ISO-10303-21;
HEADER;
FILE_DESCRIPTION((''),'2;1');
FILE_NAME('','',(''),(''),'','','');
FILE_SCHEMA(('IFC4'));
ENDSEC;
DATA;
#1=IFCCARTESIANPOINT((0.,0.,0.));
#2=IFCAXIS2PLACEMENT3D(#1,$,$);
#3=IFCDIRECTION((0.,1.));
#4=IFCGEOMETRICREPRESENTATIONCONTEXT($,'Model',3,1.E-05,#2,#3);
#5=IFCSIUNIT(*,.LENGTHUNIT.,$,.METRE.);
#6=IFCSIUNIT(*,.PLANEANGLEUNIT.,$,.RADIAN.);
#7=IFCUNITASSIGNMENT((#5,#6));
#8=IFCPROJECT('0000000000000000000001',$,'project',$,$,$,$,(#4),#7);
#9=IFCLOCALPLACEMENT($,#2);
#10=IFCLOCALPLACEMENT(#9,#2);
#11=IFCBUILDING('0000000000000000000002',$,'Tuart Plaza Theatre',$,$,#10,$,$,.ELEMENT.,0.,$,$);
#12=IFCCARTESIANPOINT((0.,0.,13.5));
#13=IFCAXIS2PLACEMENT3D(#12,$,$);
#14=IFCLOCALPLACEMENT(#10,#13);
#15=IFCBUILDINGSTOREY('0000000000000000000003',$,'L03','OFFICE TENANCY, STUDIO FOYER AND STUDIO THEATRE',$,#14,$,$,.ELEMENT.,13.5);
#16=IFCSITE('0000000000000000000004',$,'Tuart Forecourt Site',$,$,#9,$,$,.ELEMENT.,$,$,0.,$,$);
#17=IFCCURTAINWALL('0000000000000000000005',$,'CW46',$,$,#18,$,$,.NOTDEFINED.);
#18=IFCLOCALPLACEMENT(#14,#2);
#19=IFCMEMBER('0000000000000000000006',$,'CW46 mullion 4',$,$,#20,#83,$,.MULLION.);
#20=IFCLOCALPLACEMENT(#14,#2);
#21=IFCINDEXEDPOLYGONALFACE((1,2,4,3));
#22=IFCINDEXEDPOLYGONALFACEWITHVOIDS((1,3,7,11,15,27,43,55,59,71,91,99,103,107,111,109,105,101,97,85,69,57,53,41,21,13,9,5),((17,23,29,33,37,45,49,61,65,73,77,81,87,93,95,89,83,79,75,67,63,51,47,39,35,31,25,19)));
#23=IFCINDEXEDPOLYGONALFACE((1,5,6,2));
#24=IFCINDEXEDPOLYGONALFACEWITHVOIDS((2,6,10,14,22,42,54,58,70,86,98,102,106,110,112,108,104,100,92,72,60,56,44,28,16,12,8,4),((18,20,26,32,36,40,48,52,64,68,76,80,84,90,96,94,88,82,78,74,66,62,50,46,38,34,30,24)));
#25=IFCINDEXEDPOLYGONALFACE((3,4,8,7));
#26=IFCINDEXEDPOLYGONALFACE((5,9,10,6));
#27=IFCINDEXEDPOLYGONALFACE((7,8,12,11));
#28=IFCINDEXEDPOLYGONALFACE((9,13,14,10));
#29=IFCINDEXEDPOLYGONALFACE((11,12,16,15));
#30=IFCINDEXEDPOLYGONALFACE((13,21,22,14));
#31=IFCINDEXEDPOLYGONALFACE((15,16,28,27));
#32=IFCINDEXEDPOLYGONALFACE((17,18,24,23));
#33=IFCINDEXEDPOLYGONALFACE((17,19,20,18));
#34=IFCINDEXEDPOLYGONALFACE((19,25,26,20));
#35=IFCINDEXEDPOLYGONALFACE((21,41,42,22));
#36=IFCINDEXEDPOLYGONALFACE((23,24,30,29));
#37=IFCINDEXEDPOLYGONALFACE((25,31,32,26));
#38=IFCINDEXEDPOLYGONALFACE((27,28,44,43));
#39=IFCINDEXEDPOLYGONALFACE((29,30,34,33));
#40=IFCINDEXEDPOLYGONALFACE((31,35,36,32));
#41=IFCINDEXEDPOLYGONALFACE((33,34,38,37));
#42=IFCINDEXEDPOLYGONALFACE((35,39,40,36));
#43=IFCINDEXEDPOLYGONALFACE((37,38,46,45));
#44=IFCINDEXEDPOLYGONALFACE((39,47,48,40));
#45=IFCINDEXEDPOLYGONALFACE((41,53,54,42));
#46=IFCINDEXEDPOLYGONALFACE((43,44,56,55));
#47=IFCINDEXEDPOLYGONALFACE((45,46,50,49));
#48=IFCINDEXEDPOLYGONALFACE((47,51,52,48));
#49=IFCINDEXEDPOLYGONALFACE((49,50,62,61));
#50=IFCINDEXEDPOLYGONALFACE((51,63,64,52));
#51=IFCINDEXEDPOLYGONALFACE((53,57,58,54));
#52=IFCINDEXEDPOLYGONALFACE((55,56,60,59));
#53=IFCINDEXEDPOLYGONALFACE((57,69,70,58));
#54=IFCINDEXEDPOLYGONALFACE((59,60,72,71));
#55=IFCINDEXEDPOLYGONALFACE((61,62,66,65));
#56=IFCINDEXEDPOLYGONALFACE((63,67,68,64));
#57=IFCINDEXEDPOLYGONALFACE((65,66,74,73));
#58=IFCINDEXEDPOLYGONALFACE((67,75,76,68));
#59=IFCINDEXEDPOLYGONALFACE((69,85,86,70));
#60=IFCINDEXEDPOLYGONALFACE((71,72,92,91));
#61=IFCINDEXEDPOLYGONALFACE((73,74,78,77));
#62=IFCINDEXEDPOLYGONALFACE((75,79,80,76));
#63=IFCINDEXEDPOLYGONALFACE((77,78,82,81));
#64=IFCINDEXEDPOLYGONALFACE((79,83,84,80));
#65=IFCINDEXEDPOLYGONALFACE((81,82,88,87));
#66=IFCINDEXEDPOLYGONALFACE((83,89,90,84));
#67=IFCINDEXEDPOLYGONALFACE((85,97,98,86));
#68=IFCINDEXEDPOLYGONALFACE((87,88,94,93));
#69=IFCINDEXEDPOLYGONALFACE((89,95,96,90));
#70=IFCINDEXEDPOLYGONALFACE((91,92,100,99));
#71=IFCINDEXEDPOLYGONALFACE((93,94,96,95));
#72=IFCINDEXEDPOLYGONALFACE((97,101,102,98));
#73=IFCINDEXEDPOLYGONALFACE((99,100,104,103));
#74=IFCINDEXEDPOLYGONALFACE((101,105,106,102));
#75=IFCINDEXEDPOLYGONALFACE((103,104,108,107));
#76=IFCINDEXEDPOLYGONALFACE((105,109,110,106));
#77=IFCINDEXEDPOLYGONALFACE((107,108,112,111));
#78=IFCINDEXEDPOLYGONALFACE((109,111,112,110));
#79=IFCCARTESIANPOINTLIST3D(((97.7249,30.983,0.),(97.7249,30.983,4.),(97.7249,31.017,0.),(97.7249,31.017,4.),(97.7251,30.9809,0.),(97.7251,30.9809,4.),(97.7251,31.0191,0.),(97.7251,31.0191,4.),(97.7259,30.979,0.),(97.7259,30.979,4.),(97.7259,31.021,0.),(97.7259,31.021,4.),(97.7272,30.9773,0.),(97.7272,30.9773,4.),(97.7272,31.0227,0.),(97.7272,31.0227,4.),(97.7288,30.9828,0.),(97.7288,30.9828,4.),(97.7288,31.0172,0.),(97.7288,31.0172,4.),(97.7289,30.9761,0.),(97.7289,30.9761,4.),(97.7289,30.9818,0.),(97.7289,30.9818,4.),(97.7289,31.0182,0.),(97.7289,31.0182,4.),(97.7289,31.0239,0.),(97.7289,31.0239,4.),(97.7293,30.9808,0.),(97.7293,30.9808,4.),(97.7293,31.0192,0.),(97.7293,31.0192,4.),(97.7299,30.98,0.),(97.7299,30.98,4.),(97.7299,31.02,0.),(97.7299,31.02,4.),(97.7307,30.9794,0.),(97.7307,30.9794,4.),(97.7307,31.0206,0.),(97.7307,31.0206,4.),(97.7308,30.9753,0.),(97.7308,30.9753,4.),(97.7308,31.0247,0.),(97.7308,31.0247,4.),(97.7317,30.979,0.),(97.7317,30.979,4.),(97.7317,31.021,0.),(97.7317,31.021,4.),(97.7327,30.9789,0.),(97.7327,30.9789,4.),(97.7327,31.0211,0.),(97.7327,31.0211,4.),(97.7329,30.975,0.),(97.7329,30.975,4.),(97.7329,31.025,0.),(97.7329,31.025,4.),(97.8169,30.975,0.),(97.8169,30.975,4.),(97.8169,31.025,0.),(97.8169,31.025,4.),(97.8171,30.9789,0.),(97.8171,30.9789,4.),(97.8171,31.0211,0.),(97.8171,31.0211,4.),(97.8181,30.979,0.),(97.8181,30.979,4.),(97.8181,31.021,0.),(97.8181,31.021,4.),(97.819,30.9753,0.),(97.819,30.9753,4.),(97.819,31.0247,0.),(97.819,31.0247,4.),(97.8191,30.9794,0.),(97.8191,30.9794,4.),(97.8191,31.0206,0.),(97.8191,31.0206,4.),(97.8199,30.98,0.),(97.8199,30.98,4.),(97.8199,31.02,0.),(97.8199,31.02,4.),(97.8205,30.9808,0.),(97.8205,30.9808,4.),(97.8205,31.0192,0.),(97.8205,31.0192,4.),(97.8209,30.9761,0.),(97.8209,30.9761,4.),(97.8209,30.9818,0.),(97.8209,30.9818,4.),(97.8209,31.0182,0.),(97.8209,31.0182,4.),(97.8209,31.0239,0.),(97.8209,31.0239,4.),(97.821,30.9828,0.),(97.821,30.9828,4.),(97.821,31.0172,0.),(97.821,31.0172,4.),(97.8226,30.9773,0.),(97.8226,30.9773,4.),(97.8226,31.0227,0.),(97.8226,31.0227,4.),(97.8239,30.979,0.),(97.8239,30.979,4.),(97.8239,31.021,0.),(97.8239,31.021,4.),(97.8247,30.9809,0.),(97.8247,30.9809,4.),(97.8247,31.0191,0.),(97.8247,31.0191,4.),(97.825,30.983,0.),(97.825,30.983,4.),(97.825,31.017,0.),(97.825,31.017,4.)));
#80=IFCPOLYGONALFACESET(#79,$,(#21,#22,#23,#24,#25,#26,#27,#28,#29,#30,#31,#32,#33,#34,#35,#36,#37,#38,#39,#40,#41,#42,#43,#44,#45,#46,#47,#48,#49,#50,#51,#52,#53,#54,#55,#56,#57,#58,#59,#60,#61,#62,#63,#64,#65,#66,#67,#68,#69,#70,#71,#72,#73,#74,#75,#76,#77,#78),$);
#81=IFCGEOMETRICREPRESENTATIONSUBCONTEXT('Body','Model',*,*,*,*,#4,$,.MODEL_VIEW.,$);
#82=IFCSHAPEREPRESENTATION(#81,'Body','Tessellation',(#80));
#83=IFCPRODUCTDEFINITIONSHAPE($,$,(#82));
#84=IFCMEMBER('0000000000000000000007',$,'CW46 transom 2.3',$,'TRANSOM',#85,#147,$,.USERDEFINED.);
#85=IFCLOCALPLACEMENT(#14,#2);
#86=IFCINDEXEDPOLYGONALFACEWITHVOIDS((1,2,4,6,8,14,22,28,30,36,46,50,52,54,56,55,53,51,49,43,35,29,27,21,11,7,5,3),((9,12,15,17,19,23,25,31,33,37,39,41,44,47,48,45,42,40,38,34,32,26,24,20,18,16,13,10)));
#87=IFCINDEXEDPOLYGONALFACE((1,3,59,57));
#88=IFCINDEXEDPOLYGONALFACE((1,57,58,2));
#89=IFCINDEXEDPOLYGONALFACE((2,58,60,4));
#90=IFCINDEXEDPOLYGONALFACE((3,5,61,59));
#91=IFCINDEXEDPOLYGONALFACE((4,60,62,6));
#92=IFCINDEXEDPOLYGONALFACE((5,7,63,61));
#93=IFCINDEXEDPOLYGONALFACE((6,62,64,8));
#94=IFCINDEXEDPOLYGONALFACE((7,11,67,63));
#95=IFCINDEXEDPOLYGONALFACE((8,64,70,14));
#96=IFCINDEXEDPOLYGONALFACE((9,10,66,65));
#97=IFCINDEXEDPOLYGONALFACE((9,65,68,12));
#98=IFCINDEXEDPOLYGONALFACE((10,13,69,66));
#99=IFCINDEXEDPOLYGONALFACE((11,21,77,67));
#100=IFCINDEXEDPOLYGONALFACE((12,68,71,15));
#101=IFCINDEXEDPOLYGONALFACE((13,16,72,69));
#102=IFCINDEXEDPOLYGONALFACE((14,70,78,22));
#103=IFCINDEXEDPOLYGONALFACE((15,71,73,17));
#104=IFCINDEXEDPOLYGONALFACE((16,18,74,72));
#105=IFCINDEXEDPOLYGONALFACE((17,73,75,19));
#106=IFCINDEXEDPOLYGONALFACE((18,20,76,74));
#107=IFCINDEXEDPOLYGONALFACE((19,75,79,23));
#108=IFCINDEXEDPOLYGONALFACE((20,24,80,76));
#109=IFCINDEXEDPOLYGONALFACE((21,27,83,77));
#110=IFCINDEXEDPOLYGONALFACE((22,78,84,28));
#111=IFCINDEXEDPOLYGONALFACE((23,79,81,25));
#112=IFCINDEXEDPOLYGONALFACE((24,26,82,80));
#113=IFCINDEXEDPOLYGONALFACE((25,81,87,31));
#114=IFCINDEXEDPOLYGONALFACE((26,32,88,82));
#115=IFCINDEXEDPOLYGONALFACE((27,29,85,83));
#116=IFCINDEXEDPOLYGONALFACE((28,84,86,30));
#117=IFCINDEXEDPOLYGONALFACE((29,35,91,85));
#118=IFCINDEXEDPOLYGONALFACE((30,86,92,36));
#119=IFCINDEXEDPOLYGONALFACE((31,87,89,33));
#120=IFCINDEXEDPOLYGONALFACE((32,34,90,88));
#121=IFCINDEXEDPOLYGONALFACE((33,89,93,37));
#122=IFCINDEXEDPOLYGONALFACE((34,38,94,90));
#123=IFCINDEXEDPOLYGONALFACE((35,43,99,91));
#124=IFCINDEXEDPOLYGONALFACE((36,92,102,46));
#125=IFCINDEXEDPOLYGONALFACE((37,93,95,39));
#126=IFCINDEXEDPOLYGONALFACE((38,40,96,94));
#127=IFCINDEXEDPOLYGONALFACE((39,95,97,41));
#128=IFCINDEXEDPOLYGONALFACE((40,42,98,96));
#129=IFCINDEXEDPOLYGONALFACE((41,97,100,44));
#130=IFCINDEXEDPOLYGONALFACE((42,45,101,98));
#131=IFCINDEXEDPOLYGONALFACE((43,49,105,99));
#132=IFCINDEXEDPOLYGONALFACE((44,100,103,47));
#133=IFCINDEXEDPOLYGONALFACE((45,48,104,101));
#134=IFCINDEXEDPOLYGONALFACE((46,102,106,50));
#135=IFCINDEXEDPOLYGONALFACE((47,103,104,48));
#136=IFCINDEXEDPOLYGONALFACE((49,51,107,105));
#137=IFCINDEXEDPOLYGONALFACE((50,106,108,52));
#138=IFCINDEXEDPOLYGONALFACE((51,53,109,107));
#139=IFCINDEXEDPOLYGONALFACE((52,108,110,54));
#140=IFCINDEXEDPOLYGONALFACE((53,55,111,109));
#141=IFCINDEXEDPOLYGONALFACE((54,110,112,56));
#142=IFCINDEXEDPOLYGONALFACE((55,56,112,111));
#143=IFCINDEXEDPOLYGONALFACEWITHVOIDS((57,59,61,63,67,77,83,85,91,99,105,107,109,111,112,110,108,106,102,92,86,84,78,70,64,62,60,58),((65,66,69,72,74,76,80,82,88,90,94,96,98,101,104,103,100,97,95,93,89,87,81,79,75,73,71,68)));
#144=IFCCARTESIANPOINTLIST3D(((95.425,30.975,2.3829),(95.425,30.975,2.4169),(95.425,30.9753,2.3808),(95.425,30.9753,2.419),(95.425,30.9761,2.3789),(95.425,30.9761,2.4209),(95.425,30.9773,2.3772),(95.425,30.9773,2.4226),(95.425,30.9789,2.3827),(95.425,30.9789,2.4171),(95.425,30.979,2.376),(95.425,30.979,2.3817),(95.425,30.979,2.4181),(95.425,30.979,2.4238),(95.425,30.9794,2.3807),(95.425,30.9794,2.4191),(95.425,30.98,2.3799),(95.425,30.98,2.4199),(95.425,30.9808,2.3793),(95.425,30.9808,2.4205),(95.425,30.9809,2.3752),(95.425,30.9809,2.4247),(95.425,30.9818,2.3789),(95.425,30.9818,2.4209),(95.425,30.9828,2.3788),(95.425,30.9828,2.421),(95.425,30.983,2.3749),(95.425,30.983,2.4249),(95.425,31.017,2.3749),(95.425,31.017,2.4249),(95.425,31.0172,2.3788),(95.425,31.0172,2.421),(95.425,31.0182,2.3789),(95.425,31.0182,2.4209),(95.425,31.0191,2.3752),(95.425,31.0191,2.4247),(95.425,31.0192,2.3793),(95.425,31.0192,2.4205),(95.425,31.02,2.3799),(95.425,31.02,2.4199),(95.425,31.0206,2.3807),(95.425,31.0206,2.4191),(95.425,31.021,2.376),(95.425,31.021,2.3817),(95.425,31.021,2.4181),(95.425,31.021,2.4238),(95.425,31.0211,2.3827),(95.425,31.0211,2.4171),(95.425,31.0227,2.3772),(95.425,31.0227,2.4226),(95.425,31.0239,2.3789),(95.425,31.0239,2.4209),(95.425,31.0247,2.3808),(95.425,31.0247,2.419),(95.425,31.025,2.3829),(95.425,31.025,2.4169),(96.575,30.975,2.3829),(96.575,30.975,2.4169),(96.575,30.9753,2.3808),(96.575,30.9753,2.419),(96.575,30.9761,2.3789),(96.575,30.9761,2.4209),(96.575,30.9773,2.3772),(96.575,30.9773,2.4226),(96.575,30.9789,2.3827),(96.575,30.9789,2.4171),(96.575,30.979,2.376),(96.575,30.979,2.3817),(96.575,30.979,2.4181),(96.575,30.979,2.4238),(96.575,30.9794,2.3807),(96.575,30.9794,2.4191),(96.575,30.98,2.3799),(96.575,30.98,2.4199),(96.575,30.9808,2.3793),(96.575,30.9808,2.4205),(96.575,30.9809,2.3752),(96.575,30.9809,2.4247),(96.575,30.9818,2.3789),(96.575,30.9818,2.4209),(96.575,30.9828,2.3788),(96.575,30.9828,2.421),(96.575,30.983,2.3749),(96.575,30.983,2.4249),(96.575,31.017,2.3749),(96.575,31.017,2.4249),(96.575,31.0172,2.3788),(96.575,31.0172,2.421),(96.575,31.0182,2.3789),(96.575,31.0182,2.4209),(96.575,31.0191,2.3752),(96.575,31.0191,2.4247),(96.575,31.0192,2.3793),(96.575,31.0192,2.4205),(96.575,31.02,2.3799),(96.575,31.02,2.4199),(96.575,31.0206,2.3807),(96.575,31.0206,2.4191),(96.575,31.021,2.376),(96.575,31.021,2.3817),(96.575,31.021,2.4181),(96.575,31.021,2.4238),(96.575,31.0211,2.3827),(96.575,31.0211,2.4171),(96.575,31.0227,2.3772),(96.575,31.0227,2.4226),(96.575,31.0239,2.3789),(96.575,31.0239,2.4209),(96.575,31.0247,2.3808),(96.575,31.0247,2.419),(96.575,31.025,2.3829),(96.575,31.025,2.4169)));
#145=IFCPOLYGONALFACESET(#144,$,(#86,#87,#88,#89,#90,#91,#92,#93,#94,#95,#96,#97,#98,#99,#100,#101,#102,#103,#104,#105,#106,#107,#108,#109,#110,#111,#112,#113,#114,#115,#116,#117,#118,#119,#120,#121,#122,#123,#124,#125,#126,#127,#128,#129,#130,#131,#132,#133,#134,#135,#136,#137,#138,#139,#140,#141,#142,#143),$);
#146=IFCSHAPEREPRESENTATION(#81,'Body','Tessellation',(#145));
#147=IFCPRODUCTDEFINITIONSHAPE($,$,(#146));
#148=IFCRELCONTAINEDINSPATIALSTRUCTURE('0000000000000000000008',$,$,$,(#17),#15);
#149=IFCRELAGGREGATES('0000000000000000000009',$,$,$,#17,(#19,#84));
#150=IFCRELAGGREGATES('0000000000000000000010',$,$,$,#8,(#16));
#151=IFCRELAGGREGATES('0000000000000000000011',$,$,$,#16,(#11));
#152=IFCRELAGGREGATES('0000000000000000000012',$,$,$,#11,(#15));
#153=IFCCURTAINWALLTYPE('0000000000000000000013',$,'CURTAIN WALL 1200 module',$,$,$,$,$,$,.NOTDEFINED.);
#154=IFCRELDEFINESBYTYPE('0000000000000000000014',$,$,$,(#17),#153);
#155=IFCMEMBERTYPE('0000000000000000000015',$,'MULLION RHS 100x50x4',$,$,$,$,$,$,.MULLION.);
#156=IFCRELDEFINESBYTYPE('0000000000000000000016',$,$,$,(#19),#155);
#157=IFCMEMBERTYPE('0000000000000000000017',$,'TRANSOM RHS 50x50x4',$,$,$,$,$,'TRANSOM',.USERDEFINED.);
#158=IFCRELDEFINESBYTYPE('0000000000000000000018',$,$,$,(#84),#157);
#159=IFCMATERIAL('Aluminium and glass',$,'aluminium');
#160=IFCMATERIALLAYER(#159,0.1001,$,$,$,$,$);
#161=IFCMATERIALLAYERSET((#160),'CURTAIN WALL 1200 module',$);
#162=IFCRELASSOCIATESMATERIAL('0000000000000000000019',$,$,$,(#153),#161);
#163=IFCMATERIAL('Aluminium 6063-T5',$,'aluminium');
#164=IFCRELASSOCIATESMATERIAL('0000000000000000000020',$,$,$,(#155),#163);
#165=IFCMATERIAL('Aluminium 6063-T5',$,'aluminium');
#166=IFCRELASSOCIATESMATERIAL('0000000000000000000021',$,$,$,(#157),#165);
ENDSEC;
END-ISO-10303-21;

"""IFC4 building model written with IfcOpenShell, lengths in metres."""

from ifc_helpers import new_model, si_unit, direction, frame, origin, origin_2d, place, context, subcontext, project, spatial, hollow_rectangle, extrude, material, layer, layer_set, material_profile, profile_set, type_object, element, aggregate, save


model = new_model("IFC4")

# Units and contexts
model_context = context("Model", 3, precision=1e-05, world=origin(), true_north=direction((0.0, 1.0)))
body_context = subcontext(model_context, "Body", "Model", "MODEL_VIEW")
ifc_project = project(units=[si_unit("LENGTHUNIT", "METRE"), si_unit("PLANEANGLEUNIT", "RADIAN")], contexts=[model_context])

# Site, building, storey
site_placement = place(None, origin())
site = spatial("IfcSite", under=ifc_project, at=site_placement, Name="Tuart Forecourt Site", CompositionType="ELEMENT", RefElevation=0.0)
building_placement = place(site_placement, origin())
building = spatial("IfcBuilding", under=site, at=building_placement, Name="Tuart Plaza Theatre", CompositionType="ELEMENT", ElevationOfRefHeight=0.0)
storey_placement = place(building_placement, frame((0.0, 0.0, 13.5)))
storey = spatial("IfcBuildingStorey", under=building, at=storey_placement, Name="L03", Description="OFFICE TENANCY, STUDIO FOYER AND STUDIO THEATRE", CompositionType="ELEMENT", Elevation=13.5)

# Curtain wall, members
ifc_material_1 = material(Name="Aluminium and glass", Category="aluminium")
ifc_layer_1 = layer(ifc_material_1, 0.1001)
ifc_layer_set_1 = layer_set([ifc_layer_1], Name="CURTAIN WALL 1200 module")
curtain_wall_type = type_object("IfcCurtainWallType", Name="CURTAIN WALL 1200 module", PredefinedType="NOTDEFINED", material=ifc_layer_set_1)
curtain_wall_placement = place(storey_placement, origin())
curtain_wall = element("IfcCurtainWall", 1, at=curtain_wall_placement, inside=storey, type_object=curtain_wall_type, Name="CW46", PredefinedType="NOTDEFINED")
ifc_material_2 = material(Name="Aluminium 6063-T5", Category="aluminium")
ifc_material_profile_1 = material_profile(ifc_material_2, hollow_rectangle(XDim=0.05, YDim=0.1001, WallThickness=0.0039, InnerFilletRadius=0.0039, OuterFilletRadius=0.0081, at=origin_2d()), Name="RHS 100x50x4")
ifc_profile_set_1 = profile_set([ifc_material_profile_1], Name="Aluminium 6063-T5")
member_type_1 = type_object("IfcMemberType", Name="MULLION RHS 100x50x4", PredefinedType="MULLION", material=ifc_profile_set_1)
member_1_placement = place(storey_placement, frame((97.7749, 31.0, 0.0), z_axis=(0.0, 0.0, 1.0), x_axis=(0.0, 1.0, 0.0)))
member_1 = element("IfcMember", 2, at=member_1_placement, type_object=member_type_1, Name="CW46 mullion 4", PredefinedType="MULLION", context=body_context, shape_type="SweptSolid", body=[
    extrude(hollow_rectangle(XDim=0.05, YDim=0.1001, WallThickness=0.0039, InnerFilletRadius=0.0039, OuterFilletRadius=0.0081, at=origin_2d()), origin(), (0.0, 0.0, 1.0), 4.0),
])
ifc_material_3 = material(Name="Aluminium 6063-T5", Category="aluminium")
ifc_material_profile_2 = material_profile(ifc_material_3, hollow_rectangle(XDim=0.05, YDim=0.05, WallThickness=0.0039, InnerFilletRadius=0.0039, OuterFilletRadius=0.0081, at=origin_2d()), Name="RHS 50x50x4")
ifc_profile_set_2 = profile_set([ifc_material_profile_2], Name="Aluminium 6063-T5")
member_type_2 = type_object("IfcMemberType", Name="TRANSOM RHS 50x50x4", ElementType="TRANSOM", PredefinedType="USERDEFINED", material=ifc_profile_set_2)
member_2_placement = place(storey_placement, frame((95.425, 31.0, 2.3999), z_axis=(1.0, 0.0, 0.0), x_axis=(0.0, 1.0, 0.0)))
member_2 = element("IfcMember", 3, at=member_2_placement, type_object=member_type_2, Name="CW46 transom 2.3", ObjectType="TRANSOM", PredefinedType="USERDEFINED", context=body_context, shape_type="SweptSolid", body=[
    extrude(hollow_rectangle(XDim=0.05, YDim=0.05, WallThickness=0.0039, InnerFilletRadius=0.0039, OuterFilletRadius=0.0081, at=origin_2d()), origin(), (0.0, 0.0, 1.0), 1.1499),
])
aggregate(curtain_wall, [member_1, member_2])

save(model, "model.ifc")
